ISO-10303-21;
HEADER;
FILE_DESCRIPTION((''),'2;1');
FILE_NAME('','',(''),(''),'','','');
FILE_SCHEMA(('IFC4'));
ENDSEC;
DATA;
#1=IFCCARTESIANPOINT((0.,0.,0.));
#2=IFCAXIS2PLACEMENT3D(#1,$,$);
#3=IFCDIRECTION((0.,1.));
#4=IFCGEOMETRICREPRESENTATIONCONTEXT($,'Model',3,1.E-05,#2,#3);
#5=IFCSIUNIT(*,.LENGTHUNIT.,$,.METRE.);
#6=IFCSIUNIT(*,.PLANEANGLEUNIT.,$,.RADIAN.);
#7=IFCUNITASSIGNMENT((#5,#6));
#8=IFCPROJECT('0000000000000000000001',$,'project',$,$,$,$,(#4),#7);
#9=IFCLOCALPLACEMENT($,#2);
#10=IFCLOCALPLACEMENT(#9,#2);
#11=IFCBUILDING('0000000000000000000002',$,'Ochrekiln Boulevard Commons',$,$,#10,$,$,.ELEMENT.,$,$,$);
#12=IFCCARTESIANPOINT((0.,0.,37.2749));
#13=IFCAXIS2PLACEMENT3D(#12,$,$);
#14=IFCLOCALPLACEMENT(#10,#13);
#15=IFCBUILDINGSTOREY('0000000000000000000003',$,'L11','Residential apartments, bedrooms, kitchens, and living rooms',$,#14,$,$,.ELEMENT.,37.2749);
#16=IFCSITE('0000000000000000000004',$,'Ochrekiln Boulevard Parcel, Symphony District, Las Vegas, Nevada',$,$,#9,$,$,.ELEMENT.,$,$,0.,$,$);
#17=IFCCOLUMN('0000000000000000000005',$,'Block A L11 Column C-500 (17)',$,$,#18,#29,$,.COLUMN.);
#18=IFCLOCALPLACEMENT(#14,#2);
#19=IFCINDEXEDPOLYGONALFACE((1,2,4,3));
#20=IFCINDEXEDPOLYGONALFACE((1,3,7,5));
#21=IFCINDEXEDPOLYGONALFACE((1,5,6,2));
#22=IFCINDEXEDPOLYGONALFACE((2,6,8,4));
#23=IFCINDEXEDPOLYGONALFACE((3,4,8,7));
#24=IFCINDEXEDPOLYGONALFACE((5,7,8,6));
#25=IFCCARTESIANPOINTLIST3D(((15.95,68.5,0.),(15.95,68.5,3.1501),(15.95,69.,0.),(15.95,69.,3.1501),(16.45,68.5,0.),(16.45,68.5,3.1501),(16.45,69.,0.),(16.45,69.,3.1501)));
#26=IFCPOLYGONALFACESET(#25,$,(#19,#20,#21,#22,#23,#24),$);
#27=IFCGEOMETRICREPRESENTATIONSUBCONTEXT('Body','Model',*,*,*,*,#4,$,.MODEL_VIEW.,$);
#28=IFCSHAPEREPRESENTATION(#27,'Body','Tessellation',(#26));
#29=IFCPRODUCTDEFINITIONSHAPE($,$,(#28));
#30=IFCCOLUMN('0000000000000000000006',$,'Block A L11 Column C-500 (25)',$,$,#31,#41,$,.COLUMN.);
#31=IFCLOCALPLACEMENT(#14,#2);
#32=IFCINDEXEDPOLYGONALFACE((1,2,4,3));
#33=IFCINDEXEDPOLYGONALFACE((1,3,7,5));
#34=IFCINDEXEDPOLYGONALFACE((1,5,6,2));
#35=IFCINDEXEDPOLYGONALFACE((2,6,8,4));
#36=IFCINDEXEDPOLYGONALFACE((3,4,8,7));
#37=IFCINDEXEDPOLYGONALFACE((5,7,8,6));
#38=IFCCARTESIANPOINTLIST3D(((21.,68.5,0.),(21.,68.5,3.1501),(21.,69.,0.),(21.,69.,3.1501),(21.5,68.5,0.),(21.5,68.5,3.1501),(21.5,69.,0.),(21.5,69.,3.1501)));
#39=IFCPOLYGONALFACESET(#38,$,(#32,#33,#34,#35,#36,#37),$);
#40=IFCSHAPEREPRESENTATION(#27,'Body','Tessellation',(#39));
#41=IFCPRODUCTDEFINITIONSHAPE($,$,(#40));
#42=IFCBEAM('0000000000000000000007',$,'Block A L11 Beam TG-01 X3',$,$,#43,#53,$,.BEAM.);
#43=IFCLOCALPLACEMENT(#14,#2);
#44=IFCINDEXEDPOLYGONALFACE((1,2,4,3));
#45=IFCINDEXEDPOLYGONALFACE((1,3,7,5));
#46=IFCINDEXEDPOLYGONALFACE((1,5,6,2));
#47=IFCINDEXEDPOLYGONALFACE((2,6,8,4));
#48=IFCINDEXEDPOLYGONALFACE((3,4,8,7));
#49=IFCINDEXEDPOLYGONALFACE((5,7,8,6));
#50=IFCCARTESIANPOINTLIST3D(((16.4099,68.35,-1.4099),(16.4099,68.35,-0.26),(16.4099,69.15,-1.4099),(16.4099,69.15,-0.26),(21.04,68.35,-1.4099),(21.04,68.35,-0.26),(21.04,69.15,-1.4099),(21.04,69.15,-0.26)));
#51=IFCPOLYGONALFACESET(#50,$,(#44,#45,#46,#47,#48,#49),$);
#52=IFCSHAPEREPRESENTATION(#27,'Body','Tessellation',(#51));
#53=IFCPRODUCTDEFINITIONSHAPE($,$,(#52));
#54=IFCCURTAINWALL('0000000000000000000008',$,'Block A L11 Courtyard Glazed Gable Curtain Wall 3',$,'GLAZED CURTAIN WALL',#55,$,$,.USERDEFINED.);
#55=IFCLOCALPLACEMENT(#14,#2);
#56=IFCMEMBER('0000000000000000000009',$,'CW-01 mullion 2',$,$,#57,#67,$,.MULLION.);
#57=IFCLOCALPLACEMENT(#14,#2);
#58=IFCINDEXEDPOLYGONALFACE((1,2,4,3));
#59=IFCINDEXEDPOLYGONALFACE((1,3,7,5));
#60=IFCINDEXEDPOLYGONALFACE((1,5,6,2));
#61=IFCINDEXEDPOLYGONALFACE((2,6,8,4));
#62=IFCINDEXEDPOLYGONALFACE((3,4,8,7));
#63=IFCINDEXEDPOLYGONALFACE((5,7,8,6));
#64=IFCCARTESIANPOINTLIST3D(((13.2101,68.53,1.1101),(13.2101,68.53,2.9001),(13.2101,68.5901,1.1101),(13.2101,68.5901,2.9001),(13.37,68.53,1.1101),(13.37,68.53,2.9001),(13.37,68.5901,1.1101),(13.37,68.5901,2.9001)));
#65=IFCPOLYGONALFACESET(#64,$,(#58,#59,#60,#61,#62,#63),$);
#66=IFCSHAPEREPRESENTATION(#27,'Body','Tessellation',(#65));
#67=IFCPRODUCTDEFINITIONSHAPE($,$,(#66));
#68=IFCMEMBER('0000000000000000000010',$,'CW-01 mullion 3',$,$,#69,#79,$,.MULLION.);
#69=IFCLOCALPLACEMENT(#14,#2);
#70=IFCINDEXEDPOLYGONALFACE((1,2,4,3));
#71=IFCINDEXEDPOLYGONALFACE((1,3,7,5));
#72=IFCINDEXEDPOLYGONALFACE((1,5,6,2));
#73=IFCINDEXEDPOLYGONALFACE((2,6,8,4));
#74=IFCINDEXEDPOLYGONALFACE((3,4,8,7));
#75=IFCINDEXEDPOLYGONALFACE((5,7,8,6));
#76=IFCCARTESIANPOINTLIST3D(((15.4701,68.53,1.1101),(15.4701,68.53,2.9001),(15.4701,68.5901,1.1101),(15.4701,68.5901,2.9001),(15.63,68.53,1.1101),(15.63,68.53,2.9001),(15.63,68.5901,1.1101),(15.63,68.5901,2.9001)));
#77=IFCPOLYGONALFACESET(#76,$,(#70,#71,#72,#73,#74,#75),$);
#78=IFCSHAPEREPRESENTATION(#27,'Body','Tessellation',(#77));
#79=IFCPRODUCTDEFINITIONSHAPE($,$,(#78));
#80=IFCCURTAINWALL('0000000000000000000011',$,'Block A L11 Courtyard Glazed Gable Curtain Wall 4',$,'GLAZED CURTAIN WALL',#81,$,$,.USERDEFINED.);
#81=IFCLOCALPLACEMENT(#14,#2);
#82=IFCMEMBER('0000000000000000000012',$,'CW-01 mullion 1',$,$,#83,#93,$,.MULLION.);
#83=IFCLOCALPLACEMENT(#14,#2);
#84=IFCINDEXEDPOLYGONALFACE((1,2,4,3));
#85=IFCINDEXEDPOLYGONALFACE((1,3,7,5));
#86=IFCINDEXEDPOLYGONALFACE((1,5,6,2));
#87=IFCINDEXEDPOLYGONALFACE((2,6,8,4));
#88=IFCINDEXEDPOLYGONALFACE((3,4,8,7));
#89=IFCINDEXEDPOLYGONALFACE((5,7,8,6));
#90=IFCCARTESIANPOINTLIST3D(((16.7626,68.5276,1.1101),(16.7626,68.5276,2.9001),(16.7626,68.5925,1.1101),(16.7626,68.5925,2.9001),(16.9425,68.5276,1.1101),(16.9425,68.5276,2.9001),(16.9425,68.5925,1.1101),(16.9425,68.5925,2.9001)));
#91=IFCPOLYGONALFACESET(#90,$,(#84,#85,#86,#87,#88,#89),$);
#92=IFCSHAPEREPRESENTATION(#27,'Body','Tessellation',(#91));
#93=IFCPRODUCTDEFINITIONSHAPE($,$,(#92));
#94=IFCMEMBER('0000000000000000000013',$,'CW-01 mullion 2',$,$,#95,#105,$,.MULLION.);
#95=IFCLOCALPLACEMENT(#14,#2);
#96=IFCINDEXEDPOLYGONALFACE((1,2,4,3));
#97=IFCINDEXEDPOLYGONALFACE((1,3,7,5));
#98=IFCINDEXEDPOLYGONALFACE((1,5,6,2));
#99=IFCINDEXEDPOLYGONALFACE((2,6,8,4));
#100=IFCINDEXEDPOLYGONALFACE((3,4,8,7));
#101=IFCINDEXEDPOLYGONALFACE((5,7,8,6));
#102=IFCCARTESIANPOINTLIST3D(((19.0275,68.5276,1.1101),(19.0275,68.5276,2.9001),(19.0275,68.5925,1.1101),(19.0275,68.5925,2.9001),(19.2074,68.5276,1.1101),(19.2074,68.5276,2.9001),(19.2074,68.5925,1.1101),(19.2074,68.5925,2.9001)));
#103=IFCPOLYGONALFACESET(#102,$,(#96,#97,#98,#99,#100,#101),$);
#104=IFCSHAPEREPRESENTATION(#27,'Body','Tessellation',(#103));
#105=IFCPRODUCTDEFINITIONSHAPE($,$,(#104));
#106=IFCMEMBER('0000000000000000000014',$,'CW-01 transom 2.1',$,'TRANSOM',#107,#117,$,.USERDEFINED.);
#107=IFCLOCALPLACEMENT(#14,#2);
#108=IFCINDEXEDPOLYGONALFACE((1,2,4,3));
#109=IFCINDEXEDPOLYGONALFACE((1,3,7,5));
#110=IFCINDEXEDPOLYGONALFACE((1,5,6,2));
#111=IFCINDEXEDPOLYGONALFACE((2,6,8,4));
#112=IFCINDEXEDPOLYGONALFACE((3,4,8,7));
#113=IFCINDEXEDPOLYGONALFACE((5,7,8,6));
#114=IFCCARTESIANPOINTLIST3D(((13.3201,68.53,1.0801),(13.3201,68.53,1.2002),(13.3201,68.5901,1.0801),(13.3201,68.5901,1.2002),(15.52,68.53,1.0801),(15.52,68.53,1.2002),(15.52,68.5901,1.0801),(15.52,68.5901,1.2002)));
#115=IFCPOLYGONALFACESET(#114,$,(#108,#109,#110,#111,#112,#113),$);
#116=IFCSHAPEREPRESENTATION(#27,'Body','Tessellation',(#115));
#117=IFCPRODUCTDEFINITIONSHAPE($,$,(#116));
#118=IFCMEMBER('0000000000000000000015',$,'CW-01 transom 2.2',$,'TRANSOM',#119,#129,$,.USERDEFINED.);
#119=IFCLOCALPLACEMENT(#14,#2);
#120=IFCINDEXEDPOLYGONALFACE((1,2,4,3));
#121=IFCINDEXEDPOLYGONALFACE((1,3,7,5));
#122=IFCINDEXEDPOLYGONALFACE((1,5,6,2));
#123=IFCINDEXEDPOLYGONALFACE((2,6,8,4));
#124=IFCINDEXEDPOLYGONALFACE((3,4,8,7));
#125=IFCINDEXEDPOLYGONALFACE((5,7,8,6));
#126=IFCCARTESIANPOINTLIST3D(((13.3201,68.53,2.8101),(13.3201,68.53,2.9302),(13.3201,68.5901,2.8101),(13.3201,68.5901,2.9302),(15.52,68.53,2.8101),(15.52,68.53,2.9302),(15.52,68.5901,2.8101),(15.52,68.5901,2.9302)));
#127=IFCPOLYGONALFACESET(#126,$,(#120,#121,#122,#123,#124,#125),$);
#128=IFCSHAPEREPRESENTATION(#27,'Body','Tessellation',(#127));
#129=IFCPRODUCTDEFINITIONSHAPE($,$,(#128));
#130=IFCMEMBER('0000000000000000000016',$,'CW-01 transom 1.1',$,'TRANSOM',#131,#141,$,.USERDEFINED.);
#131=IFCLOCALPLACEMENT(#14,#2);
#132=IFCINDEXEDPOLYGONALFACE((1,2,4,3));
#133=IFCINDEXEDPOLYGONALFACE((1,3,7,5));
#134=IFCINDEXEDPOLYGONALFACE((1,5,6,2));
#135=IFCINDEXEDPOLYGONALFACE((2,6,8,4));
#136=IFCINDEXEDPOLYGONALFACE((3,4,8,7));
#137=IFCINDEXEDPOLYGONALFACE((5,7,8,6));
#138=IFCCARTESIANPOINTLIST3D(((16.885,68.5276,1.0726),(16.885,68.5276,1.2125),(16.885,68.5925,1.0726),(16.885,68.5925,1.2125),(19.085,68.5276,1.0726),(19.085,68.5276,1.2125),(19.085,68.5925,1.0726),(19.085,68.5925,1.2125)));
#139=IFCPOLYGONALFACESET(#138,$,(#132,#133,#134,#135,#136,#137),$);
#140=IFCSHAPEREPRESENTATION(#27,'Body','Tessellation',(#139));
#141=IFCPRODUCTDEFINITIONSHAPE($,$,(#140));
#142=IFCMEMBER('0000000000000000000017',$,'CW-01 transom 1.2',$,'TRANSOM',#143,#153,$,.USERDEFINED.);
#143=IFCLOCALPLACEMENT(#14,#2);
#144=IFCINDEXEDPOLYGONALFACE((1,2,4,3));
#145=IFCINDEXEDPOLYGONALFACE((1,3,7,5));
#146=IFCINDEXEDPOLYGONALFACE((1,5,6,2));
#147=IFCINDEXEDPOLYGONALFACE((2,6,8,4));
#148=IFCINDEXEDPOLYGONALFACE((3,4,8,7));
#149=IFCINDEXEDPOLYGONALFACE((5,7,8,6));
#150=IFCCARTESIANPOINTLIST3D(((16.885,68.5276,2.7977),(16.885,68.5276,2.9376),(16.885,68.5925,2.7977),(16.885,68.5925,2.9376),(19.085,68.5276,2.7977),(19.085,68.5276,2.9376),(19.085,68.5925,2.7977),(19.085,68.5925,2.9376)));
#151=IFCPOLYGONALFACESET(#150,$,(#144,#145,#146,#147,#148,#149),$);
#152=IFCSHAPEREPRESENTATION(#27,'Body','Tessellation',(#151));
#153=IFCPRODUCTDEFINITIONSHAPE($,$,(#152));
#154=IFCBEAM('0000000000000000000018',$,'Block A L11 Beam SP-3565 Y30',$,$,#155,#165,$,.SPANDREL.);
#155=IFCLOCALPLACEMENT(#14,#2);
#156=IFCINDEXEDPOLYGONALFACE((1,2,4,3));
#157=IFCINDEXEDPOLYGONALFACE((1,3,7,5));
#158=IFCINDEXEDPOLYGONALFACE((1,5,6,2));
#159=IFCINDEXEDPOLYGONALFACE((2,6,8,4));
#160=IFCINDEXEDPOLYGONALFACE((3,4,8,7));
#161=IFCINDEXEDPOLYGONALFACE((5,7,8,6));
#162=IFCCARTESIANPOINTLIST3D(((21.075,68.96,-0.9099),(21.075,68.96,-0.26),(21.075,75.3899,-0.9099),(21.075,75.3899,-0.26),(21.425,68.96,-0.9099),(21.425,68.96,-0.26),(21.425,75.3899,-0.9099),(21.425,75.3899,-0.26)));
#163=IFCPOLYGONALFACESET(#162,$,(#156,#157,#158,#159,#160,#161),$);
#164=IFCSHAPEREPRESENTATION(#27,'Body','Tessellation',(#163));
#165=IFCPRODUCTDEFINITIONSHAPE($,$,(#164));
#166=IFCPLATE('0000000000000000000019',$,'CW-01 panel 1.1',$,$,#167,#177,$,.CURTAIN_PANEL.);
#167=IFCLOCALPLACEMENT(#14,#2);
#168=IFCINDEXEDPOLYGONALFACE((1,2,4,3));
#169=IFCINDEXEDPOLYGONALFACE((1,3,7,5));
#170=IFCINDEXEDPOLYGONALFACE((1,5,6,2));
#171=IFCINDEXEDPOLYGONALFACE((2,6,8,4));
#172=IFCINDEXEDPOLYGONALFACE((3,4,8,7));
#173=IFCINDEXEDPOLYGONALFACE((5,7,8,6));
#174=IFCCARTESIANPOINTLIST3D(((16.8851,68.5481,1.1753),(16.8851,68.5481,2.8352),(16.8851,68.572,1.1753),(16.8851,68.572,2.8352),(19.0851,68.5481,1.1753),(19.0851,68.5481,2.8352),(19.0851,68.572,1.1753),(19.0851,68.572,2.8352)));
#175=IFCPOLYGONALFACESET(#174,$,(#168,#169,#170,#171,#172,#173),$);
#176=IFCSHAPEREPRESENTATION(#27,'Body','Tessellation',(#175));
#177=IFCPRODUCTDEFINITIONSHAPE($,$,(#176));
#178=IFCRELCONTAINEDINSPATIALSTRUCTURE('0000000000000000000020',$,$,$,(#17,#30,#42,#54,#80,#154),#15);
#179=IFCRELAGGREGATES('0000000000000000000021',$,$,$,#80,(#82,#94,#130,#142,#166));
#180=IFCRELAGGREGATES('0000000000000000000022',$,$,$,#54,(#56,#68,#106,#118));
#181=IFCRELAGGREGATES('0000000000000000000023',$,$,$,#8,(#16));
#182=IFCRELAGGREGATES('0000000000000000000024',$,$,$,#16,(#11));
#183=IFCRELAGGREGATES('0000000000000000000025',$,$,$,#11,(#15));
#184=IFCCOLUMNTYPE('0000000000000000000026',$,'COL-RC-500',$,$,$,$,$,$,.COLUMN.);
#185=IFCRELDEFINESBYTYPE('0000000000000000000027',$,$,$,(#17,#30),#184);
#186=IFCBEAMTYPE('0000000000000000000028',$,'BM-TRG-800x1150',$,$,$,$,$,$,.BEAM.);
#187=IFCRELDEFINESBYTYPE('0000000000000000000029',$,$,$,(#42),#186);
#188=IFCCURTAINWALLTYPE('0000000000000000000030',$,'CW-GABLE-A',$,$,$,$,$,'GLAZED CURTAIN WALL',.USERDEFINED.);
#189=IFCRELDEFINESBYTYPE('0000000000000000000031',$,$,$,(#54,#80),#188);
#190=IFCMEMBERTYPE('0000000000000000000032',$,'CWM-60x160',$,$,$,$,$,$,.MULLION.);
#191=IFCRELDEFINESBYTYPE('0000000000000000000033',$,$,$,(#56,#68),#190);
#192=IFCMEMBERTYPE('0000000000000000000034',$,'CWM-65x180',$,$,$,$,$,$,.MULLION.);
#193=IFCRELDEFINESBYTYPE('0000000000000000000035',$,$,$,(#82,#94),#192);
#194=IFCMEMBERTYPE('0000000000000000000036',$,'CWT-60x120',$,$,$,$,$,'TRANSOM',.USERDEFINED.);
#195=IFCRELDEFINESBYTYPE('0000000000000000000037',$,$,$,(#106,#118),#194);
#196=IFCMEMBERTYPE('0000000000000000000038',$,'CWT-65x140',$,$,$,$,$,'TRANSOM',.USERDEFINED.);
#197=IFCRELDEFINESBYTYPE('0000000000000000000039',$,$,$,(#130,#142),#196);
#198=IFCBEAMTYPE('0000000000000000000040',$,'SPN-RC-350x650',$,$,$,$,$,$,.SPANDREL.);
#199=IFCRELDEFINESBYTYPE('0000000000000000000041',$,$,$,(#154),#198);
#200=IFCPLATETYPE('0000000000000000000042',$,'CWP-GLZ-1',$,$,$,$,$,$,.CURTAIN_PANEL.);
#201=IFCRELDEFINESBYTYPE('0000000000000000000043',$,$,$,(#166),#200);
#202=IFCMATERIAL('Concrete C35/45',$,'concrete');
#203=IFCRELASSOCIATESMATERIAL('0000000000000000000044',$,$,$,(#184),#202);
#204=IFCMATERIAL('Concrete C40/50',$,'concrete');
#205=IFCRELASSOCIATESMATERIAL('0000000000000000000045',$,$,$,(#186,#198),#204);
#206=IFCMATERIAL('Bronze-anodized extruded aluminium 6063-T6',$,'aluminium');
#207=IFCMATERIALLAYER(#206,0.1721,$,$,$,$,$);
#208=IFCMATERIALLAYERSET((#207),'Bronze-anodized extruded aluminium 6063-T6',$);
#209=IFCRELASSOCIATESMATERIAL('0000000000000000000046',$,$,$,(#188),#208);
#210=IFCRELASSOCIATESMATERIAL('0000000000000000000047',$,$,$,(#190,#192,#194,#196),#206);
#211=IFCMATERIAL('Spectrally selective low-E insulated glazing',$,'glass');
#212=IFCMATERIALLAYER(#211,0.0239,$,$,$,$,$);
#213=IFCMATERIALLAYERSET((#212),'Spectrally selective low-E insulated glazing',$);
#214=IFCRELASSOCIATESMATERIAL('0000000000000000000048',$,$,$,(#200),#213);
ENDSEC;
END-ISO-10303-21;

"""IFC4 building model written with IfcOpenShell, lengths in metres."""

from ifc_helpers import new_model, si_unit, direction, frame, origin, origin_2d, place, context, subcontext, project, spatial, rectangle, extrude, material, layer, layer_set, material_profile, profile_set, type_object, element, aggregate, save


model = new_model("IFC4")

# Units and contexts
model_context = context("Model", 3, precision=1e-05, world=origin(), true_north=direction((0.0, 1.0)))
body_context = subcontext(model_context, "Body", "Model", "MODEL_VIEW")
ifc_project = project(units=[si_unit("LENGTHUNIT", "METRE"), si_unit("PLANEANGLEUNIT", "RADIAN")], contexts=[model_context])

# Site, building, storey
site_placement = place(None, origin())
site = spatial("IfcSite", under=ifc_project, at=site_placement, Name="Ochrekiln Boulevard Parcel, Symphony District, Las Vegas, Nevada", CompositionType="ELEMENT", RefElevation=0.0)
building_placement = place(site_placement, origin())
building = spatial("IfcBuilding", under=site, at=building_placement, Name="Ochrekiln Boulevard Commons", CompositionType="ELEMENT")
storey_placement = place(building_placement, frame((0.0, 0.0, 37.2749)))
storey = spatial("IfcBuildingStorey", under=building, at=storey_placement, Name="L11", Description="Residential apartments, bedrooms, kitchens, and living rooms", CompositionType="ELEMENT", Elevation=37.2749)

# Columns
ifc_material_1 = material(Name="Concrete C35/45", Category="concrete")
ifc_material_profile_1 = material_profile(ifc_material_1, rectangle(XDim=0.5, YDim=0.5, at=origin_2d()), Name="RC-COL-500x500")
ifc_profile_set_1 = profile_set([ifc_material_profile_1], Name="Concrete C35/45")
column_type = type_object("IfcColumnType", Name="COL-RC-500", PredefinedType="COLUMN", material=ifc_profile_set_1)
for number, where, z_axis, x_axis, name in (
    (1, (16.2, 68.75, 0.0), (0.0, 0.0, 1.0), (1.0, 0.0, 0.0), "Block A L11 Column C-500 (17)"),
    (2, (21.25, 68.75, 0.0), (0.0, 0.0, 1.0), (1.0, 0.0, 0.0), "Block A L11 Column C-500 (25)"),
):
    element("IfcColumn", number, at=place(storey_placement, frame(where, z_axis=z_axis, x_axis=x_axis)), inside=storey, type_object=column_type, Name=name, PredefinedType="COLUMN", context=body_context, shape_type="SweptSolid", body=[
        extrude(rectangle(XDim=0.5, YDim=0.5, at=origin_2d()), origin(), (0.0, 0.0, 1.0), 3.1501),
    ])

# Beam
ifc_material_2 = material(Name="Concrete C40/50", Category="concrete")
ifc_material_profile_2 = material_profile(ifc_material_2, rectangle(XDim=0.8, YDim=1.1499, at=origin_2d()), Name="RC-TRG-800x1150")
ifc_profile_set_2 = profile_set([ifc_material_profile_2], Name="Concrete C40/50")
beam_type_1 = type_object("IfcBeamType", Name="BM-TRG-800x1150", PredefinedType="BEAM", material=ifc_profile_set_2)
beam_1_placement = place(storey_placement, frame((16.4099, 68.75, -0.835), z_axis=(1.0, 0.0, 0.0), x_axis=(0.0, 1.0, 0.0)))
element("IfcBeam", 3, at=beam_1_placement, inside=storey, type_object=beam_type_1, Name="Block A L11 Beam TG-01 X3", PredefinedType="BEAM", context=body_context, shape_type="SweptSolid", body=[
    extrude(rectangle(XDim=0.8, YDim=1.1499, at=origin_2d()), origin(), (0.0, 0.0, 1.0), 4.6301),
])

# Curtain walls, members
ifc_material_3 = material(Name="Bronze-anodized extruded aluminium 6063-T6", Category="aluminium")
ifc_layer_1 = layer(ifc_material_3, 0.1721)
ifc_layer_set_1 = layer_set([ifc_layer_1], Name="Bronze-anodized extruded aluminium 6063-T6")
curtain_wall_type = type_object("IfcCurtainWallType", Name="CW-GABLE-A", ElementType="GLAZED CURTAIN WALL", PredefinedType="USERDEFINED", material=ifc_layer_set_1)
curtain_wall_1_placement = place(storey_placement, origin())
curtain_wall_1 = element("IfcCurtainWall", 4, at=curtain_wall_1_placement, inside=storey, type_object=curtain_wall_type, Name="Block A L11 Courtyard Glazed Gable Curtain Wall 3", ObjectType="GLAZED CURTAIN WALL", PredefinedType="USERDEFINED")
ifc_material_profile_3 = material_profile(ifc_material_3, rectangle(XDim=0.0601, YDim=0.1599, at=origin_2d()), Name="ALU-MUL-60x160")
ifc_profile_set_3 = profile_set([ifc_material_profile_3], Name="Bronze-anodized extruded aluminium 6063-T6")
member_type_1 = type_object("IfcMemberType", Name="CWM-60x160", PredefinedType="MULLION", material=ifc_profile_set_3)
member_1_placement = place(storey_placement, frame((13.29, 68.5601, 1.1101), z_axis=(0.0, 0.0, 1.0), x_axis=(0.0, 1.0, 0.0)))
member_1 = element("IfcMember", 5, at=member_1_placement, type_object=member_type_1, Name="CW-01 mullion 2", PredefinedType="MULLION", context=body_context, shape_type="SweptSolid", body=[
    extrude(rectangle(XDim=0.0601, YDim=0.1599, at=origin_2d()), origin(), (0.0, 0.0, 1.0), 1.79),
])
member_2_placement = place(storey_placement, frame((15.55, 68.5601, 1.1101), z_axis=(0.0, 0.0, 1.0), x_axis=(0.0, 1.0, 0.0)))
member_2 = element("IfcMember", 6, at=member_2_placement, type_object=member_type_1, Name="CW-01 mullion 3", PredefinedType="MULLION", context=body_context, shape_type="SweptSolid", body=[
    extrude(rectangle(XDim=0.0601, YDim=0.1599, at=origin_2d()), origin(), (0.0, 0.0, 1.0), 1.79),
])
curtain_wall_2_placement = place(storey_placement, origin())
curtain_wall_2 = element("IfcCurtainWall", 7, at=curtain_wall_2_placement, inside=storey, type_object=curtain_wall_type, Name="Block A L11 Courtyard Glazed Gable Curtain Wall 4", ObjectType="GLAZED CURTAIN WALL", PredefinedType="USERDEFINED")
ifc_material_profile_4 = material_profile(ifc_material_3, rectangle(XDim=0.0649, YDim=0.1799, at=origin_2d()), Name="ALU-MUL-65x180")
ifc_profile_set_4 = profile_set([ifc_material_profile_4], Name="Bronze-anodized extruded aluminium 6063-T6")
member_type_2 = type_object("IfcMemberType", Name="CWM-65x180", PredefinedType="MULLION", material=ifc_profile_set_4)
member_3_placement = place(storey_placement, frame((16.8525, 68.5601, 1.1101), z_axis=(0.0, 0.0, 1.0), x_axis=(0.0, 1.0, 0.0)))
member_3 = element("IfcMember", 8, at=member_3_placement, type_object=member_type_2, Name="CW-01 mullion 1", PredefinedType="MULLION", context=body_context, shape_type="SweptSolid", body=[
    extrude(rectangle(XDim=0.0649, YDim=0.1799, at=origin_2d()), origin(), (0.0, 0.0, 1.0), 1.79),
])
member_4_placement = place(storey_placement, frame((19.1174, 68.5601, 1.1101), z_axis=(0.0, 0.0, 1.0), x_axis=(0.0, 1.0, 0.0)))
member_4 = element("IfcMember", 9, at=member_4_placement, type_object=member_type_2, Name="CW-01 mullion 2", PredefinedType="MULLION", context=body_context, shape_type="SweptSolid", body=[
    extrude(rectangle(XDim=0.0649, YDim=0.1799, at=origin_2d()), origin(), (0.0, 0.0, 1.0), 1.79),
])

# Members
ifc_material_profile_5 = material_profile(ifc_material_3, rectangle(XDim=0.0601, YDim=0.1201, at=origin_2d()), Name="ALU-TRN-60x120")
ifc_profile_set_5 = profile_set([ifc_material_profile_5], Name="Bronze-anodized extruded aluminium 6063-T6")
member_type_3 = type_object("IfcMemberType", Name="CWT-60x120", ElementType="TRANSOM", PredefinedType="USERDEFINED", material=ifc_profile_set_5)
member_5_placement = place(storey_placement, frame((13.3201, 68.5601, 1.1401), z_axis=(1.0, 0.0, 0.0), x_axis=(0.0, 1.0, 0.0)))
member_5 = element("IfcMember", 10, at=member_5_placement, type_object=member_type_3, Name="CW-01 transom 2.1", ObjectType="TRANSOM", PredefinedType="USERDEFINED", context=body_context, shape_type="SweptSolid", body=[
    extrude(rectangle(XDim=0.0601, YDim=0.1201, at=origin_2d()), origin(), (0.0, 0.0, 1.0), 2.2),
])
member_6_placement = place(storey_placement, frame((13.3201, 68.5601, 2.8701), z_axis=(1.0, 0.0, 0.0), x_axis=(0.0, 1.0, 0.0)))
member_6 = element("IfcMember", 11, at=member_6_placement, type_object=member_type_3, Name="CW-01 transom 2.2", ObjectType="TRANSOM", PredefinedType="USERDEFINED", context=body_context, shape_type="SweptSolid", body=[
    extrude(rectangle(XDim=0.0601, YDim=0.1201, at=origin_2d()), origin(), (0.0, 0.0, 1.0), 2.2),
])
ifc_material_profile_6 = material_profile(ifc_material_3, rectangle(XDim=0.0649, YDim=0.1399, at=origin_2d()), Name="ALU-TRN-65x140")
ifc_profile_set_6 = profile_set([ifc_material_profile_6], Name="Bronze-anodized extruded aluminium 6063-T6")
member_type_4 = type_object("IfcMemberType", Name="CWT-65x140", ElementType="TRANSOM", PredefinedType="USERDEFINED", material=ifc_profile_set_6)
member_7_placement = place(storey_placement, frame((16.885, 68.5601, 1.1426), z_axis=(1.0, 0.0, 0.0), x_axis=(0.0, 1.0, 0.0)))
member_7 = element("IfcMember", 12, at=member_7_placement, type_object=member_type_4, Name="CW-01 transom 1.1", ObjectType="TRANSOM", PredefinedType="USERDEFINED", context=body_context, shape_type="SweptSolid", body=[
    extrude(rectangle(XDim=0.0649, YDim=0.1399, at=origin_2d()), origin(), (0.0, 0.0, 1.0), 2.2),
])
member_8_placement = place(storey_placement, frame((16.885, 68.5601, 2.8677), z_axis=(1.0, 0.0, 0.0), x_axis=(0.0, 1.0, 0.0)))
member_8 = element("IfcMember", 13, at=member_8_placement, type_object=member_type_4, Name="CW-01 transom 1.2", ObjectType="TRANSOM", PredefinedType="USERDEFINED", context=body_context, shape_type="SweptSolid", body=[
    extrude(rectangle(XDim=0.0649, YDim=0.1399, at=origin_2d()), origin(), (0.0, 0.0, 1.0), 2.2),
])

# Beam
ifc_material_profile_7 = material_profile(ifc_material_2, rectangle(XDim=0.3501, YDim=0.6499, at=origin_2d()), Name="RC-SPN-350x650")
ifc_profile_set_7 = profile_set([ifc_material_profile_7], Name="Concrete C40/50")
beam_type_2 = type_object("IfcBeamType", Name="SPN-RC-350x650", PredefinedType="SPANDREL", material=ifc_profile_set_7)
beam_2_placement = place(storey_placement, frame((21.25, 68.96, -0.585), z_axis=(0.0, 1.0, 0.0), x_axis=(-1.0, 0.0, 0.0)))
element("IfcBeam", 14, at=beam_2_placement, inside=storey, type_object=beam_type_2, Name="Block A L11 Beam SP-3565 Y30", PredefinedType="SPANDREL", context=body_context, shape_type="SweptSolid", body=[
    extrude(rectangle(XDim=0.3501, YDim=0.6499, at=origin_2d()), origin(), (0.0, 0.0, 1.0), 6.4299),
])

# Plate
ifc_material_4 = material(Name="Spectrally selective low-E insulated glazing", Category="glass")
ifc_layer_2 = layer(ifc_material_4, 0.0239)
ifc_layer_set_2 = layer_set([ifc_layer_2], Name="Spectrally selective low-E insulated glazing")
plate_type_1 = type_object("IfcPlateType", Name="CWP-GLZ-1", PredefinedType="CURTAIN_PANEL", material=ifc_layer_set_2)
plate_1_placement = place(storey_placement, frame((17.9851, 68.5601, 1.1753), z_axis=(0.0, 0.0, 1.0), x_axis=(1.0, 0.0, 0.0)))
plate_1 = element("IfcPlate", 15, at=plate_1_placement, type_object=plate_type_1, Name="CW-01 panel 1.1", PredefinedType="CURTAIN_PANEL", context=body_context, shape_type="SweptSolid", body=[
    extrude(rectangle(XDim=2.2, YDim=0.0239, at=origin_2d()), origin(), (0.0, 0.0, 1.0), 1.6599),
])
aggregate(curtain_wall_2, [member_3, member_4, member_7, member_8, plate_1])
aggregate(curtain_wall_1, [member_1, member_2, member_5, member_6])

save(model, "model.ifc")
